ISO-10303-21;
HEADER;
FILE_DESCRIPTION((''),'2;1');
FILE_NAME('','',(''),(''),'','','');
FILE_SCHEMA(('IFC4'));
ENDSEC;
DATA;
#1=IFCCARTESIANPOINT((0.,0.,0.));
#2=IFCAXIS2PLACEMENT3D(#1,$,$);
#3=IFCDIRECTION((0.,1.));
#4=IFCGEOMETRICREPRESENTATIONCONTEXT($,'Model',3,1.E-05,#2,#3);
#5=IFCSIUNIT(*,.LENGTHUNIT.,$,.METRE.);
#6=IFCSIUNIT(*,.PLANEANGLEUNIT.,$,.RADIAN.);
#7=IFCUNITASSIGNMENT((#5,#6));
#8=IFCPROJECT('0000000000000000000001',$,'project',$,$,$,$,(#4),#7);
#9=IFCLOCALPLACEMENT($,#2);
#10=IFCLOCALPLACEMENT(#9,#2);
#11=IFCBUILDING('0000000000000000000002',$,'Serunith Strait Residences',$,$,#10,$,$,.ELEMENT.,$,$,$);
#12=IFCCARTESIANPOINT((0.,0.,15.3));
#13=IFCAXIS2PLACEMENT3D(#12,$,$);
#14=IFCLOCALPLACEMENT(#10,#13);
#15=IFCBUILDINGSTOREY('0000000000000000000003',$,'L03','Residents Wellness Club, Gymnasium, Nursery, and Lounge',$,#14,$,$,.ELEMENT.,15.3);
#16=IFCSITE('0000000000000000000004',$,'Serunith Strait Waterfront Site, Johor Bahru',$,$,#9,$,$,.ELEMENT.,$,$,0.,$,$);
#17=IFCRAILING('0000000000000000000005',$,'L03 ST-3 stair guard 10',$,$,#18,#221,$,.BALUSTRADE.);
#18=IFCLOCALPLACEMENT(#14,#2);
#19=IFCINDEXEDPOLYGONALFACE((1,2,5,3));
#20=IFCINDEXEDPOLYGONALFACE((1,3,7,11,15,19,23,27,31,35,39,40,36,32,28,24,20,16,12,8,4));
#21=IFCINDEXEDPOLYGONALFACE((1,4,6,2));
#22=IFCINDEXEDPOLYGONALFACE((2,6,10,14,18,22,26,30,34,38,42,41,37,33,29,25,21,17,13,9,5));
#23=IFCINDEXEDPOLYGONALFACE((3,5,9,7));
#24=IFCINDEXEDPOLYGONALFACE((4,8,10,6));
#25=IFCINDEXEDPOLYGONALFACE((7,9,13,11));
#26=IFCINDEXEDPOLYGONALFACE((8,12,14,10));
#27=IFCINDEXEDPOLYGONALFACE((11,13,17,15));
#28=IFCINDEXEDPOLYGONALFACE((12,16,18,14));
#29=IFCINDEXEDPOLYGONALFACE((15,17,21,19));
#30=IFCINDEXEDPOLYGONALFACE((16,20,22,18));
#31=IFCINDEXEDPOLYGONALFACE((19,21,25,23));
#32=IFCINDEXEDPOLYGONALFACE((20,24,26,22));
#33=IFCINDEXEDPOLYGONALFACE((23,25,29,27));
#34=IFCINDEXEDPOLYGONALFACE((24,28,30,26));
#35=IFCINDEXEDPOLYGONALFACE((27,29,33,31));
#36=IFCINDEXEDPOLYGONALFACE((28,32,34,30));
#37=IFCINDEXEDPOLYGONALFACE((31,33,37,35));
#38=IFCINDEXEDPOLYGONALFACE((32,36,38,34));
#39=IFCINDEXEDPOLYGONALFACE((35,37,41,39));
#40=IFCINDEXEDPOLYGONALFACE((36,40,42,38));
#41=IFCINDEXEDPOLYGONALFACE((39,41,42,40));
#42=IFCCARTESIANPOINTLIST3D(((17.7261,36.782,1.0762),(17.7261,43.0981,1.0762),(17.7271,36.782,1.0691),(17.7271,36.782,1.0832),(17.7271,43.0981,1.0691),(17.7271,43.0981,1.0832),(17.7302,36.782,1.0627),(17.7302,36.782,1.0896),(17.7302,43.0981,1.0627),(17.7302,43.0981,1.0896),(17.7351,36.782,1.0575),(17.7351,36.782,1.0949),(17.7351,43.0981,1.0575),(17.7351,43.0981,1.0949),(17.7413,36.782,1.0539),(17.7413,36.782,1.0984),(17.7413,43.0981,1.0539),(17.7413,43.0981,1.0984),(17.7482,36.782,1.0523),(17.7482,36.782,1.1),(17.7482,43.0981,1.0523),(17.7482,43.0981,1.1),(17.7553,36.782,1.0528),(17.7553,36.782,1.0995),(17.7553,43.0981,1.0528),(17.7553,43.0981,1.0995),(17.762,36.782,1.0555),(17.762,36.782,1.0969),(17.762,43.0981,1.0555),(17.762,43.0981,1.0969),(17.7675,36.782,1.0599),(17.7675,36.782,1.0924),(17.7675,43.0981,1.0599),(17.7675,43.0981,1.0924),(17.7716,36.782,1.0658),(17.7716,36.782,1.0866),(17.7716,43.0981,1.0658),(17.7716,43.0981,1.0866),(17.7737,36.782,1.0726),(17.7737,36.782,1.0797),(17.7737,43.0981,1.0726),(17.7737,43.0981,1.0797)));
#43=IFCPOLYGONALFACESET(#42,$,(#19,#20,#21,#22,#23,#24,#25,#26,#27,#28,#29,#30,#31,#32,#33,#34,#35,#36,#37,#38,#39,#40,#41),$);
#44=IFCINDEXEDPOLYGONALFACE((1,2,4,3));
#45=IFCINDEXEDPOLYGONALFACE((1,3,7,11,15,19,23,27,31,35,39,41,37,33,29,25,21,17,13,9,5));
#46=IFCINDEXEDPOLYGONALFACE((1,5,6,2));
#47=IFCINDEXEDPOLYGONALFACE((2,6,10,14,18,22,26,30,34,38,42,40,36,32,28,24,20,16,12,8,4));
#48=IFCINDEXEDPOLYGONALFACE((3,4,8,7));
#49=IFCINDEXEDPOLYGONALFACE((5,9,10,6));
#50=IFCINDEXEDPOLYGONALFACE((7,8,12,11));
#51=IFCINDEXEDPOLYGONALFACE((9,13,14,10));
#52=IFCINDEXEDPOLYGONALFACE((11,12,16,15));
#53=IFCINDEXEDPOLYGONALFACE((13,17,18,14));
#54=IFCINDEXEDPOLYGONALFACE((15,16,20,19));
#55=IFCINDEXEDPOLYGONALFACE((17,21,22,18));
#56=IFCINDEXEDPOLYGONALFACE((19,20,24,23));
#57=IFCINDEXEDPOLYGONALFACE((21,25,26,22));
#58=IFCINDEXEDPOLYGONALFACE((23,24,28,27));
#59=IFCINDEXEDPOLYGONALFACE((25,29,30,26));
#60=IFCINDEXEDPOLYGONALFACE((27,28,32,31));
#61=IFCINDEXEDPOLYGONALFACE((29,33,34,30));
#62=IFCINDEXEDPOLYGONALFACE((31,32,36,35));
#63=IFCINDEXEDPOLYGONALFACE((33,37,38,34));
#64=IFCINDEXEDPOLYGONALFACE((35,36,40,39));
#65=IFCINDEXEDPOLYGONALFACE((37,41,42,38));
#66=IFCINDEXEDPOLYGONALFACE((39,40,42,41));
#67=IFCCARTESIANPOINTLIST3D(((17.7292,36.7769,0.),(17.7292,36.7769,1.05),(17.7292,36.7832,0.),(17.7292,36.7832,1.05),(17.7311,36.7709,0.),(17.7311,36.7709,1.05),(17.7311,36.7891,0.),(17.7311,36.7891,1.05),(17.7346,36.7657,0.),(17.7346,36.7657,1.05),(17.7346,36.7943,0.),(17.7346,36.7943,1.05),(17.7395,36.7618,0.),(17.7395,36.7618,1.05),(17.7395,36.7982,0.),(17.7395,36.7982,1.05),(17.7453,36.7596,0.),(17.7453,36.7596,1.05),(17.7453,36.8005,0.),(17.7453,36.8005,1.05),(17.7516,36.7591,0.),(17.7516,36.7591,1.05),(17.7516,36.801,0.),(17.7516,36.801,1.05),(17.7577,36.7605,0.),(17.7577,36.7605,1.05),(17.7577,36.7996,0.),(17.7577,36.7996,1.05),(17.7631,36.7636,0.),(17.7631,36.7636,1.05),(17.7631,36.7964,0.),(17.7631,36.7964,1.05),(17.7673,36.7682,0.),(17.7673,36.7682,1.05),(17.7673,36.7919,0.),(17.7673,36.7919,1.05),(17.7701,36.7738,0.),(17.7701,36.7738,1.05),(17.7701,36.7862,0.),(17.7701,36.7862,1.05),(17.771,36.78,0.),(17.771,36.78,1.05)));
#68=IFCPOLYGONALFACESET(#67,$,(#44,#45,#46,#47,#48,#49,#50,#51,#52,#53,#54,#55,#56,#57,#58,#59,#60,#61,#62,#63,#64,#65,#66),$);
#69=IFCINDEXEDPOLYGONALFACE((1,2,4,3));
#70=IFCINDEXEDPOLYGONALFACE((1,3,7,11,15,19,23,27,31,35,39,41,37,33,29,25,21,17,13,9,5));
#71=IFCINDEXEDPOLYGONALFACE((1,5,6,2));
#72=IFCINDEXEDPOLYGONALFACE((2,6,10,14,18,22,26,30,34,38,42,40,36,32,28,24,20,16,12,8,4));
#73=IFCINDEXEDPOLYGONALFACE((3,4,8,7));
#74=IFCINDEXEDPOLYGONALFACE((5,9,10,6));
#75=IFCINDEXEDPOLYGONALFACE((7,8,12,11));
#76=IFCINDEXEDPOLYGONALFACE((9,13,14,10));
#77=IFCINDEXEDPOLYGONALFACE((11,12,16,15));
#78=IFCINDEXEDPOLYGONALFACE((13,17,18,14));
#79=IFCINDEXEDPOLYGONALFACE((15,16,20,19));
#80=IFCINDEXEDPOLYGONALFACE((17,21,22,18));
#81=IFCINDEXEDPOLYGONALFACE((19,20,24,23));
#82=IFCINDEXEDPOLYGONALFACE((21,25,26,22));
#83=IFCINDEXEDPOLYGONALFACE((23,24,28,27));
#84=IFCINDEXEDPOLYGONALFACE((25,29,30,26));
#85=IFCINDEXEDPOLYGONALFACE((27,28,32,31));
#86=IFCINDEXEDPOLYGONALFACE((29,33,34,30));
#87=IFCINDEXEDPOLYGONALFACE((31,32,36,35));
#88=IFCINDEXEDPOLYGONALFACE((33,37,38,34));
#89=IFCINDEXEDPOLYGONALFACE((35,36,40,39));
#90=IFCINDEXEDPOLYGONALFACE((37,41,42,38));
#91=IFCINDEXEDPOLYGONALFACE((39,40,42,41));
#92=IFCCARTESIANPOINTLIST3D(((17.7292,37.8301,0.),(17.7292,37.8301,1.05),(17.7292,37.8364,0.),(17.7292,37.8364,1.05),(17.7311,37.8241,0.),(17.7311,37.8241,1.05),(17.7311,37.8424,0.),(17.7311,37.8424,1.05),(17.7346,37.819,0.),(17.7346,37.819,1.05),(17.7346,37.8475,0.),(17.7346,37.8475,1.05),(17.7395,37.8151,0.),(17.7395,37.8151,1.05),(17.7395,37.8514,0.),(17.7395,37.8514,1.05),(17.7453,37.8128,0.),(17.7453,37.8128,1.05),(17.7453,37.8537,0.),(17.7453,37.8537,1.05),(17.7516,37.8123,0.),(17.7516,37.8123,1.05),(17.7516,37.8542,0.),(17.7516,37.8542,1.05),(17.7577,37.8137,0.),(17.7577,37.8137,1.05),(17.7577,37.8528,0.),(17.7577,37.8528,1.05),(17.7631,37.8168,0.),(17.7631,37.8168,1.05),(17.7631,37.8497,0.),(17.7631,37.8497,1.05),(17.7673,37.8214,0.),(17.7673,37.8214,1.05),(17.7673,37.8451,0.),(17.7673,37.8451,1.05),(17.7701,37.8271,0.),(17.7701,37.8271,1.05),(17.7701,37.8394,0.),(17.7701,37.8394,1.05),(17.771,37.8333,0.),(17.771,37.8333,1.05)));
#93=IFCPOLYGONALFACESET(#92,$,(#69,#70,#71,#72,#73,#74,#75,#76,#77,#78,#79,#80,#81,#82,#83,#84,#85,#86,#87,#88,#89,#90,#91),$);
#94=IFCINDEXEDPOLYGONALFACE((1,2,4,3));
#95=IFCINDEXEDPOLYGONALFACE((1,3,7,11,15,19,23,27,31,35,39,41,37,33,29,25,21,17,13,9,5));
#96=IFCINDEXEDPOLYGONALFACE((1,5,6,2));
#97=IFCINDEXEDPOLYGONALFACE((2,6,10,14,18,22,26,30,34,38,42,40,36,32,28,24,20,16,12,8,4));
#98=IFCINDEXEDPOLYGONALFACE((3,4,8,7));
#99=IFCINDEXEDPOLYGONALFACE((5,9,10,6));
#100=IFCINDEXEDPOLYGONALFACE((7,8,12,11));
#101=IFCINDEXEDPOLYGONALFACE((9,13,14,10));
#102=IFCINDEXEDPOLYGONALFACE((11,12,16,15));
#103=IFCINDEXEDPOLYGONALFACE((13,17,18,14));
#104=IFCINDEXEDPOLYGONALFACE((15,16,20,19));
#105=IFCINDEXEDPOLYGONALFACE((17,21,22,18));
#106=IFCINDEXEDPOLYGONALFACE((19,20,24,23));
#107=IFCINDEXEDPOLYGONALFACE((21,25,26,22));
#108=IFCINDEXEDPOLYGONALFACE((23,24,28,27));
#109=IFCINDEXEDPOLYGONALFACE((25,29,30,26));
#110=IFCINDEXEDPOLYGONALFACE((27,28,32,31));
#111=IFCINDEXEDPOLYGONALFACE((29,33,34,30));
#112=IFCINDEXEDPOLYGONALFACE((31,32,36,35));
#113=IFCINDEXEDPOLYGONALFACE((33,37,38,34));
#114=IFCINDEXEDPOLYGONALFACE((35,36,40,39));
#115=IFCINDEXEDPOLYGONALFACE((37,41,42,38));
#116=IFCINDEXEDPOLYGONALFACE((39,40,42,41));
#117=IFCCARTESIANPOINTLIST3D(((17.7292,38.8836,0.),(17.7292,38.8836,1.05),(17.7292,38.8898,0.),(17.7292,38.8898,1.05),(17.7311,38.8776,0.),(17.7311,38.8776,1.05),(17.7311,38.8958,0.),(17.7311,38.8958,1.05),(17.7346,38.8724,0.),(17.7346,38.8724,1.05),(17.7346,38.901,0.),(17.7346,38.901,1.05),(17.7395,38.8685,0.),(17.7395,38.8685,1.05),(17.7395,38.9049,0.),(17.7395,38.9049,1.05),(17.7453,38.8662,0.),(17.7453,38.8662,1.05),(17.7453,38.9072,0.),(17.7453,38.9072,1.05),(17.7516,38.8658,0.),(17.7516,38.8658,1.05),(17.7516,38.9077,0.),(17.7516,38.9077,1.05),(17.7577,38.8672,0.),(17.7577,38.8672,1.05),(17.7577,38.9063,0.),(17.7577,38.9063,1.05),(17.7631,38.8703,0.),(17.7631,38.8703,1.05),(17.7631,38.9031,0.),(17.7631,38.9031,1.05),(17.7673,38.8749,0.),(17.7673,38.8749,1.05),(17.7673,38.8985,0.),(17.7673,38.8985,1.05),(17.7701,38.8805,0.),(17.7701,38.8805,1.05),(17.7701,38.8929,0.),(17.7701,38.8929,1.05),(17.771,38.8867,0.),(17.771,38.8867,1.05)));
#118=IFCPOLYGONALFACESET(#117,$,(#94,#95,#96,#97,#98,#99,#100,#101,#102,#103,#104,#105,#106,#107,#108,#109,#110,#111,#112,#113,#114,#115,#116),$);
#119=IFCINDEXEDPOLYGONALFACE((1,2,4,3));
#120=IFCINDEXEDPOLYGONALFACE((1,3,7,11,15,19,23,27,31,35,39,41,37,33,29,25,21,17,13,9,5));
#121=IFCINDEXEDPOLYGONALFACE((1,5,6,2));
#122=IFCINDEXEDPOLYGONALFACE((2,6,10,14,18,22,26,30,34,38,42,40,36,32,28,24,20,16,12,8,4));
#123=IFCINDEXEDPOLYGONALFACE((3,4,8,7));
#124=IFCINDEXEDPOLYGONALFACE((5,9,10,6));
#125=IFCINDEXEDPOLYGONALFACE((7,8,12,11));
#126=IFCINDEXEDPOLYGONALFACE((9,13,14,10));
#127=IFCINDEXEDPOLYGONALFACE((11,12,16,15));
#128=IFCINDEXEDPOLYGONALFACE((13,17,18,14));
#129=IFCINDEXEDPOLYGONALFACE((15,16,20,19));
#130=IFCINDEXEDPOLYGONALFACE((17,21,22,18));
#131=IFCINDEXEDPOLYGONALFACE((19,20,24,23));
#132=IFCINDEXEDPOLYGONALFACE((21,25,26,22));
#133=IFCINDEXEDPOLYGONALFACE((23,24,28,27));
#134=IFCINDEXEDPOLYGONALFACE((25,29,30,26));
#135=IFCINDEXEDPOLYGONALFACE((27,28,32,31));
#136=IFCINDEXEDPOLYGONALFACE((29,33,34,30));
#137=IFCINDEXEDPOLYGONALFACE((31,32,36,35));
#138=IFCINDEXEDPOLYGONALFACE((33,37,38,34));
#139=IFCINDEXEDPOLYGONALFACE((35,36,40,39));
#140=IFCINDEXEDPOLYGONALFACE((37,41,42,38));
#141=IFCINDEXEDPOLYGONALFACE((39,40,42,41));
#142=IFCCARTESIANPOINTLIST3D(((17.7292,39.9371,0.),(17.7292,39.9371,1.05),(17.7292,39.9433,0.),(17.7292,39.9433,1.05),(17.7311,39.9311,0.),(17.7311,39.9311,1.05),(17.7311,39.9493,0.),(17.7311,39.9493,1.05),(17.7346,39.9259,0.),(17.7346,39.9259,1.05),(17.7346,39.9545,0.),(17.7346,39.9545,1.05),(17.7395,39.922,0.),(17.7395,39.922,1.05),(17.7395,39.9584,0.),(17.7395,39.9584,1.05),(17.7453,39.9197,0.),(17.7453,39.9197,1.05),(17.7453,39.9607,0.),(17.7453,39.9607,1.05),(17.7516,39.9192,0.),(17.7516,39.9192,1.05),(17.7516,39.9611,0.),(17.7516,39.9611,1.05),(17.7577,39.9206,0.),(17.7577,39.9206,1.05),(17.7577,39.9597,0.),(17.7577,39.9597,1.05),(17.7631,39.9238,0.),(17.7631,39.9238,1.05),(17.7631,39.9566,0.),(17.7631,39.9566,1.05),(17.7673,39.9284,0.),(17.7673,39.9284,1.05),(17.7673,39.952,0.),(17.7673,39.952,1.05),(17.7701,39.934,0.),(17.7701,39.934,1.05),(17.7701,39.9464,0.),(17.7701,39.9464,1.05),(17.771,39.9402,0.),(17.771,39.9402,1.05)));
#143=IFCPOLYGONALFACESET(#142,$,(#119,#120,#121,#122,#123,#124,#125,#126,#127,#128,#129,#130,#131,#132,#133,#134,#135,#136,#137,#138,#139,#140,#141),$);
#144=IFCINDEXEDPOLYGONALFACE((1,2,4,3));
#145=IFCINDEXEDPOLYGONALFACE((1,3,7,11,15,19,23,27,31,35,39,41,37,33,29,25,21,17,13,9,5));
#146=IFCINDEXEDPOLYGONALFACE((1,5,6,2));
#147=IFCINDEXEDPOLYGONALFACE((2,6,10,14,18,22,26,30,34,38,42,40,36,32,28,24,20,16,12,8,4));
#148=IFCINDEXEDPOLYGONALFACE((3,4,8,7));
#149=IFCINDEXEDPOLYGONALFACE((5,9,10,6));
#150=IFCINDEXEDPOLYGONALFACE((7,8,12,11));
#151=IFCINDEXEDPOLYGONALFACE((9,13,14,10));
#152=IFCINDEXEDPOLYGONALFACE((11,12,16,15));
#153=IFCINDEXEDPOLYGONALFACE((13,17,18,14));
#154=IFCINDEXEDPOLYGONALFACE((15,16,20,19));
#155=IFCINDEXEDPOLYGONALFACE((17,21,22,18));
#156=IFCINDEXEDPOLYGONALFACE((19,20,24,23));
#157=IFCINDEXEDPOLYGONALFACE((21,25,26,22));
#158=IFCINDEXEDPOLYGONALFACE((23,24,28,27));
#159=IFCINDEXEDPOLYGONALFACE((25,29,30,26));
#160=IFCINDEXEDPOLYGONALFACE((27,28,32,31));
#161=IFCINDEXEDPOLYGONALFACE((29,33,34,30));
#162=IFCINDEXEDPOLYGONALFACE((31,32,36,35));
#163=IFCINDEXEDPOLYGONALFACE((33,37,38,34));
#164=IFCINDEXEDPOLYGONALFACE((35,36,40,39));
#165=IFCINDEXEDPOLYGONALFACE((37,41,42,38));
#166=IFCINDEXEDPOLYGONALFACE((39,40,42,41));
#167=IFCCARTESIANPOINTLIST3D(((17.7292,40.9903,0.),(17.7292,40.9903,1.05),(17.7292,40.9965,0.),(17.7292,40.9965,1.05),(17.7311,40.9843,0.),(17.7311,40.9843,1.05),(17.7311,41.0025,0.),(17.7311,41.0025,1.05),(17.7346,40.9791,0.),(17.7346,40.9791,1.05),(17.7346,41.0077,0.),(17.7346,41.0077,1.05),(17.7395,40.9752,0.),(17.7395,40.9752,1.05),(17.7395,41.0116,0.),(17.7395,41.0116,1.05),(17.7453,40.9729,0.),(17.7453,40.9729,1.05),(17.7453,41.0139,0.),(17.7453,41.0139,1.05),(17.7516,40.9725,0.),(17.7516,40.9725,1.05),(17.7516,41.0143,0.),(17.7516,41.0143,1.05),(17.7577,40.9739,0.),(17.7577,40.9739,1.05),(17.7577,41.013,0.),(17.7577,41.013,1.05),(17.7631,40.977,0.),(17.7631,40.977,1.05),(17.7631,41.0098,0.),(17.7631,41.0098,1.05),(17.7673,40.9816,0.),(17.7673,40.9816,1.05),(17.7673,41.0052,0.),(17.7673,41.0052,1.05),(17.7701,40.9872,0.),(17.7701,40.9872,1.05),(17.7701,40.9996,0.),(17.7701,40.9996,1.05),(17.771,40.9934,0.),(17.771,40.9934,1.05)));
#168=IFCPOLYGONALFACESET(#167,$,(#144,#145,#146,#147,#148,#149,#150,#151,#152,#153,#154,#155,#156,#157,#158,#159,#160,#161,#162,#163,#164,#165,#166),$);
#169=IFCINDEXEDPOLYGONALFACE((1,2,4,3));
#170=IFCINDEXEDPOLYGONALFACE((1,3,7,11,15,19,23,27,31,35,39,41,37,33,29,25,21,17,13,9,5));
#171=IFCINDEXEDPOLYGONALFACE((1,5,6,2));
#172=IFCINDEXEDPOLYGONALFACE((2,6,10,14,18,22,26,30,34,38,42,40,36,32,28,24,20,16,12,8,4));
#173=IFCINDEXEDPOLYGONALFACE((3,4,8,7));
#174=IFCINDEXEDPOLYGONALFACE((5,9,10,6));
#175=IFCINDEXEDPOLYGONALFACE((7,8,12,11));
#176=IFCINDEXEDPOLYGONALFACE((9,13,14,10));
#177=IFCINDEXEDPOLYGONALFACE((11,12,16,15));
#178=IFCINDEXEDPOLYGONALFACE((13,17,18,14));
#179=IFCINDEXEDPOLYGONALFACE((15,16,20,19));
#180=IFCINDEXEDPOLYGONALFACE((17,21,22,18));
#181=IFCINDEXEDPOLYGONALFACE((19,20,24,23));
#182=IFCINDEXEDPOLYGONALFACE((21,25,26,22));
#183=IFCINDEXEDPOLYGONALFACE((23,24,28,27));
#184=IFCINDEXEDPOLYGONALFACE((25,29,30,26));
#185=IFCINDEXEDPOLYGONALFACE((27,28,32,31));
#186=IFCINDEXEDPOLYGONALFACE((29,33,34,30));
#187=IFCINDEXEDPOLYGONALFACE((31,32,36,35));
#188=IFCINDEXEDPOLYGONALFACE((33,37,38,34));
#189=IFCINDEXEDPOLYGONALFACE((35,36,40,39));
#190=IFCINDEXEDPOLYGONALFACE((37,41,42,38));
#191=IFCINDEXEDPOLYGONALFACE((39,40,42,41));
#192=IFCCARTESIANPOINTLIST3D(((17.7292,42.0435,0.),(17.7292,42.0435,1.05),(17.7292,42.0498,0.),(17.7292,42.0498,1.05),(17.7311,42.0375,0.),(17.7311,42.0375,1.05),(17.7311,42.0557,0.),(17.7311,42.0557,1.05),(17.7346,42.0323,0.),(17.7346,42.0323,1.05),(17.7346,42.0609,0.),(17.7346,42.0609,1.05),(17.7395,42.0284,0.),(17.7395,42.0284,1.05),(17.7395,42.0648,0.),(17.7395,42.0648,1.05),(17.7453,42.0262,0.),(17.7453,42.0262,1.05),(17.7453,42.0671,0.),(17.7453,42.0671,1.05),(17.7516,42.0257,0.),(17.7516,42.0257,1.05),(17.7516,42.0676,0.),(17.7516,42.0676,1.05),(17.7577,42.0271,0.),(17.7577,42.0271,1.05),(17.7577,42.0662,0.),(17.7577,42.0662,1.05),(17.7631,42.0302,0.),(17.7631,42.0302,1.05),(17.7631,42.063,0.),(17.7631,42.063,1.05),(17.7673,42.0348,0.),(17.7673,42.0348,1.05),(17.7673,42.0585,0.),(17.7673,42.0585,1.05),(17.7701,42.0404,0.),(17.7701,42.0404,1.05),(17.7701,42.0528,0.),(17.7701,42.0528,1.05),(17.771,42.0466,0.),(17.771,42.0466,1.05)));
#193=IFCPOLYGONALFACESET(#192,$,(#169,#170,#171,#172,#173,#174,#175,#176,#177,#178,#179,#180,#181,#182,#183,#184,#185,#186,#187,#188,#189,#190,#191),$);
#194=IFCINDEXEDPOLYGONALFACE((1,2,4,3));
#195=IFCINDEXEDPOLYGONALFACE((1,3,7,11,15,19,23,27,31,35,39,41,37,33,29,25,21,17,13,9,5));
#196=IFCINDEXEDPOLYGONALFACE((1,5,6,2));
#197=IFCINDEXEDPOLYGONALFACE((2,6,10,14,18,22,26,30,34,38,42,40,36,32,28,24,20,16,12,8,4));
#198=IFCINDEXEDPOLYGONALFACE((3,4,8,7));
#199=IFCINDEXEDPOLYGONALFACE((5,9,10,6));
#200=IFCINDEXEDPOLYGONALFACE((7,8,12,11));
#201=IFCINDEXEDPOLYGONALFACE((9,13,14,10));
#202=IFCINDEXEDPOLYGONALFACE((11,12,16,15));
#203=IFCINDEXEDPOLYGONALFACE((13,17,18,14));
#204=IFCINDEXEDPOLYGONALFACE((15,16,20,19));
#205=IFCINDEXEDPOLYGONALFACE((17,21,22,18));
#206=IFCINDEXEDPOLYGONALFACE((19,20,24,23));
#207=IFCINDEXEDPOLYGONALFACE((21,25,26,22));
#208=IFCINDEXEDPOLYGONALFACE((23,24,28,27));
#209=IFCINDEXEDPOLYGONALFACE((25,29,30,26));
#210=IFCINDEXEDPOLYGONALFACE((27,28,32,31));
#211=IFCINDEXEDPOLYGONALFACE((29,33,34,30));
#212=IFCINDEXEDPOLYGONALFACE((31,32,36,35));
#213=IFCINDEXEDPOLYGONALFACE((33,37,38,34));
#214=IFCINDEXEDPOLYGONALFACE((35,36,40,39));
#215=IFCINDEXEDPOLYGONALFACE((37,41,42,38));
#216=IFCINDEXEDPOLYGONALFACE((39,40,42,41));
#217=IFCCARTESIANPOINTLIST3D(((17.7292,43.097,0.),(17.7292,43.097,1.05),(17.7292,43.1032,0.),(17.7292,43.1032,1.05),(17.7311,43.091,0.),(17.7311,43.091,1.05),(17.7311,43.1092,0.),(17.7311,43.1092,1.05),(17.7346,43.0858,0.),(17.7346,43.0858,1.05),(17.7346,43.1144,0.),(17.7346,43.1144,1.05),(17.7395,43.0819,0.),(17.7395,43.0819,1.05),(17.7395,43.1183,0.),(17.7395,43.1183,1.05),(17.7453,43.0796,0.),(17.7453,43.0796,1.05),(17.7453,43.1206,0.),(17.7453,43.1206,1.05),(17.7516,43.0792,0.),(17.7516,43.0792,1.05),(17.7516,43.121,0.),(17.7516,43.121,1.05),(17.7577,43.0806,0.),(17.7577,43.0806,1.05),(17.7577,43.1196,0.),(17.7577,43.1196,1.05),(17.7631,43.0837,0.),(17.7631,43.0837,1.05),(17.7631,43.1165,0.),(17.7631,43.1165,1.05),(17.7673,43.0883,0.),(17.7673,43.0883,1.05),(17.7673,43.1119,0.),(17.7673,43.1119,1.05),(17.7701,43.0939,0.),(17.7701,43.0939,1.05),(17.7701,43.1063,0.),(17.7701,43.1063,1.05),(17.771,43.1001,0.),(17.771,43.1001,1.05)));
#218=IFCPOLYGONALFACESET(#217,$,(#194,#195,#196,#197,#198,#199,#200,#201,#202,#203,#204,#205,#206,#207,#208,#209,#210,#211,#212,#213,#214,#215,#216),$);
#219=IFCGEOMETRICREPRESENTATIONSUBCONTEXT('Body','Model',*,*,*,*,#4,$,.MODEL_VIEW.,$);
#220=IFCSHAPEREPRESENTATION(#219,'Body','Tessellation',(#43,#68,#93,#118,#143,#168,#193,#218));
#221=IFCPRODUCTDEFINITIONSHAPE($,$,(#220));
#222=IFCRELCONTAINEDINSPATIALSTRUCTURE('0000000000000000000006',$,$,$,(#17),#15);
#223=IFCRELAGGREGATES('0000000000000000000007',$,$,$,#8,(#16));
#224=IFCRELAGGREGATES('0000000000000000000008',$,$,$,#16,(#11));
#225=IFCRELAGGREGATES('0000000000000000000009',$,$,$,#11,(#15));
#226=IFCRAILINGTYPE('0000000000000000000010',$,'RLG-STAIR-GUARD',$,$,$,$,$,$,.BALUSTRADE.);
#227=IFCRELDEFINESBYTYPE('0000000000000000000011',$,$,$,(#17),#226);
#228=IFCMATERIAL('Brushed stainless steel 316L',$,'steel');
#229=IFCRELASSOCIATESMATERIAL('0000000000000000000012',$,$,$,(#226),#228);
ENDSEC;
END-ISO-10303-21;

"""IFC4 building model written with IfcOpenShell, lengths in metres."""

from ifc_helpers import new_model, si_unit, direction, frame, origin, origin_2d, place, context, subcontext, project, spatial, circle, extrude, material, type_object, element, save


model = new_model("IFC4")

# Units and contexts
model_context = context("Model", 3, precision=1e-05, world=origin(), true_north=direction((0.0, 1.0)))
body_context = subcontext(model_context, "Body", "Model", "MODEL_VIEW")
ifc_project = project(units=[si_unit("LENGTHUNIT", "METRE"), si_unit("PLANEANGLEUNIT", "RADIAN")], contexts=[model_context])

# Site, building, storey
site_placement = place(None, origin())
site = spatial("IfcSite", under=ifc_project, at=site_placement, Name="Serunith Strait Waterfront Site, Johor Bahru", CompositionType="ELEMENT", RefElevation=0.0)
building_placement = place(site_placement, origin())
building = spatial("IfcBuilding", under=site, at=building_placement, Name="Serunith Strait Residences", CompositionType="ELEMENT")
storey_placement = place(building_placement, frame((0.0, 0.0, 15.3)))
storey = spatial("IfcBuildingStorey", under=building, at=storey_placement, Name="L03", Description="Residents Wellness Club, Gymnasium, Nursery, and Lounge", CompositionType="ELEMENT", Elevation=15.3)

# Railing
ifc_material_1 = material(Name="Brushed stainless steel 316L", Category="steel")
railing_type_1 = type_object("IfcRailingType", Name="RLG-STAIR-GUARD", PredefinedType="BALUSTRADE", material=ifc_material_1)
railing_1_placement = place(storey_placement, frame((17.75, 36.78, 0.0)))
element("IfcRailing", 1, at=railing_1_placement, inside=storey, type_object=railing_type_1, Name="L03 ST-3 stair guard 10", PredefinedType="BALUSTRADE", context=body_context, shape_type="SweptSolid", body=[
    extrude(circle(Radius=0.0239, at=origin_2d()), frame((0.0, 0.002, 1.0762), z_axis=(0.0, 1.0, 0.0), x_axis=(-1.0, 0.0, 0.0)), (0.0, 0.0, 1.0), 6.3162),
    extrude(circle(Radius=0.021, at=origin_2d()), origin(), (0.0, 0.0, 1.0), 1.05),
    extrude(circle(Radius=0.021, at=origin_2d()), frame((0.0, 1.0532, 0.0)), (0.0, 0.0, 1.0), 1.05),
    extrude(circle(Radius=0.021, at=origin_2d()), frame((0.0, 2.1067, 0.0)), (0.0, 0.0, 1.0), 1.05),
    extrude(circle(Radius=0.021, at=origin_2d()), frame((0.0, 3.1602, 0.0)), (0.0, 0.0, 1.0), 1.05),
    extrude(circle(Radius=0.021, at=origin_2d()), frame((0.0, 4.2134, 0.0)), (0.0, 0.0, 1.0), 1.05),
    extrude(circle(Radius=0.021, at=origin_2d()), frame((0.0, 5.2666, 0.0)), (0.0, 0.0, 1.0), 1.05),
    extrude(circle(Radius=0.021, at=origin_2d()), frame((0.0, 6.3201, 0.0)), (0.0, 0.0, 1.0), 1.05),
])

save(model, "model.ifc")
